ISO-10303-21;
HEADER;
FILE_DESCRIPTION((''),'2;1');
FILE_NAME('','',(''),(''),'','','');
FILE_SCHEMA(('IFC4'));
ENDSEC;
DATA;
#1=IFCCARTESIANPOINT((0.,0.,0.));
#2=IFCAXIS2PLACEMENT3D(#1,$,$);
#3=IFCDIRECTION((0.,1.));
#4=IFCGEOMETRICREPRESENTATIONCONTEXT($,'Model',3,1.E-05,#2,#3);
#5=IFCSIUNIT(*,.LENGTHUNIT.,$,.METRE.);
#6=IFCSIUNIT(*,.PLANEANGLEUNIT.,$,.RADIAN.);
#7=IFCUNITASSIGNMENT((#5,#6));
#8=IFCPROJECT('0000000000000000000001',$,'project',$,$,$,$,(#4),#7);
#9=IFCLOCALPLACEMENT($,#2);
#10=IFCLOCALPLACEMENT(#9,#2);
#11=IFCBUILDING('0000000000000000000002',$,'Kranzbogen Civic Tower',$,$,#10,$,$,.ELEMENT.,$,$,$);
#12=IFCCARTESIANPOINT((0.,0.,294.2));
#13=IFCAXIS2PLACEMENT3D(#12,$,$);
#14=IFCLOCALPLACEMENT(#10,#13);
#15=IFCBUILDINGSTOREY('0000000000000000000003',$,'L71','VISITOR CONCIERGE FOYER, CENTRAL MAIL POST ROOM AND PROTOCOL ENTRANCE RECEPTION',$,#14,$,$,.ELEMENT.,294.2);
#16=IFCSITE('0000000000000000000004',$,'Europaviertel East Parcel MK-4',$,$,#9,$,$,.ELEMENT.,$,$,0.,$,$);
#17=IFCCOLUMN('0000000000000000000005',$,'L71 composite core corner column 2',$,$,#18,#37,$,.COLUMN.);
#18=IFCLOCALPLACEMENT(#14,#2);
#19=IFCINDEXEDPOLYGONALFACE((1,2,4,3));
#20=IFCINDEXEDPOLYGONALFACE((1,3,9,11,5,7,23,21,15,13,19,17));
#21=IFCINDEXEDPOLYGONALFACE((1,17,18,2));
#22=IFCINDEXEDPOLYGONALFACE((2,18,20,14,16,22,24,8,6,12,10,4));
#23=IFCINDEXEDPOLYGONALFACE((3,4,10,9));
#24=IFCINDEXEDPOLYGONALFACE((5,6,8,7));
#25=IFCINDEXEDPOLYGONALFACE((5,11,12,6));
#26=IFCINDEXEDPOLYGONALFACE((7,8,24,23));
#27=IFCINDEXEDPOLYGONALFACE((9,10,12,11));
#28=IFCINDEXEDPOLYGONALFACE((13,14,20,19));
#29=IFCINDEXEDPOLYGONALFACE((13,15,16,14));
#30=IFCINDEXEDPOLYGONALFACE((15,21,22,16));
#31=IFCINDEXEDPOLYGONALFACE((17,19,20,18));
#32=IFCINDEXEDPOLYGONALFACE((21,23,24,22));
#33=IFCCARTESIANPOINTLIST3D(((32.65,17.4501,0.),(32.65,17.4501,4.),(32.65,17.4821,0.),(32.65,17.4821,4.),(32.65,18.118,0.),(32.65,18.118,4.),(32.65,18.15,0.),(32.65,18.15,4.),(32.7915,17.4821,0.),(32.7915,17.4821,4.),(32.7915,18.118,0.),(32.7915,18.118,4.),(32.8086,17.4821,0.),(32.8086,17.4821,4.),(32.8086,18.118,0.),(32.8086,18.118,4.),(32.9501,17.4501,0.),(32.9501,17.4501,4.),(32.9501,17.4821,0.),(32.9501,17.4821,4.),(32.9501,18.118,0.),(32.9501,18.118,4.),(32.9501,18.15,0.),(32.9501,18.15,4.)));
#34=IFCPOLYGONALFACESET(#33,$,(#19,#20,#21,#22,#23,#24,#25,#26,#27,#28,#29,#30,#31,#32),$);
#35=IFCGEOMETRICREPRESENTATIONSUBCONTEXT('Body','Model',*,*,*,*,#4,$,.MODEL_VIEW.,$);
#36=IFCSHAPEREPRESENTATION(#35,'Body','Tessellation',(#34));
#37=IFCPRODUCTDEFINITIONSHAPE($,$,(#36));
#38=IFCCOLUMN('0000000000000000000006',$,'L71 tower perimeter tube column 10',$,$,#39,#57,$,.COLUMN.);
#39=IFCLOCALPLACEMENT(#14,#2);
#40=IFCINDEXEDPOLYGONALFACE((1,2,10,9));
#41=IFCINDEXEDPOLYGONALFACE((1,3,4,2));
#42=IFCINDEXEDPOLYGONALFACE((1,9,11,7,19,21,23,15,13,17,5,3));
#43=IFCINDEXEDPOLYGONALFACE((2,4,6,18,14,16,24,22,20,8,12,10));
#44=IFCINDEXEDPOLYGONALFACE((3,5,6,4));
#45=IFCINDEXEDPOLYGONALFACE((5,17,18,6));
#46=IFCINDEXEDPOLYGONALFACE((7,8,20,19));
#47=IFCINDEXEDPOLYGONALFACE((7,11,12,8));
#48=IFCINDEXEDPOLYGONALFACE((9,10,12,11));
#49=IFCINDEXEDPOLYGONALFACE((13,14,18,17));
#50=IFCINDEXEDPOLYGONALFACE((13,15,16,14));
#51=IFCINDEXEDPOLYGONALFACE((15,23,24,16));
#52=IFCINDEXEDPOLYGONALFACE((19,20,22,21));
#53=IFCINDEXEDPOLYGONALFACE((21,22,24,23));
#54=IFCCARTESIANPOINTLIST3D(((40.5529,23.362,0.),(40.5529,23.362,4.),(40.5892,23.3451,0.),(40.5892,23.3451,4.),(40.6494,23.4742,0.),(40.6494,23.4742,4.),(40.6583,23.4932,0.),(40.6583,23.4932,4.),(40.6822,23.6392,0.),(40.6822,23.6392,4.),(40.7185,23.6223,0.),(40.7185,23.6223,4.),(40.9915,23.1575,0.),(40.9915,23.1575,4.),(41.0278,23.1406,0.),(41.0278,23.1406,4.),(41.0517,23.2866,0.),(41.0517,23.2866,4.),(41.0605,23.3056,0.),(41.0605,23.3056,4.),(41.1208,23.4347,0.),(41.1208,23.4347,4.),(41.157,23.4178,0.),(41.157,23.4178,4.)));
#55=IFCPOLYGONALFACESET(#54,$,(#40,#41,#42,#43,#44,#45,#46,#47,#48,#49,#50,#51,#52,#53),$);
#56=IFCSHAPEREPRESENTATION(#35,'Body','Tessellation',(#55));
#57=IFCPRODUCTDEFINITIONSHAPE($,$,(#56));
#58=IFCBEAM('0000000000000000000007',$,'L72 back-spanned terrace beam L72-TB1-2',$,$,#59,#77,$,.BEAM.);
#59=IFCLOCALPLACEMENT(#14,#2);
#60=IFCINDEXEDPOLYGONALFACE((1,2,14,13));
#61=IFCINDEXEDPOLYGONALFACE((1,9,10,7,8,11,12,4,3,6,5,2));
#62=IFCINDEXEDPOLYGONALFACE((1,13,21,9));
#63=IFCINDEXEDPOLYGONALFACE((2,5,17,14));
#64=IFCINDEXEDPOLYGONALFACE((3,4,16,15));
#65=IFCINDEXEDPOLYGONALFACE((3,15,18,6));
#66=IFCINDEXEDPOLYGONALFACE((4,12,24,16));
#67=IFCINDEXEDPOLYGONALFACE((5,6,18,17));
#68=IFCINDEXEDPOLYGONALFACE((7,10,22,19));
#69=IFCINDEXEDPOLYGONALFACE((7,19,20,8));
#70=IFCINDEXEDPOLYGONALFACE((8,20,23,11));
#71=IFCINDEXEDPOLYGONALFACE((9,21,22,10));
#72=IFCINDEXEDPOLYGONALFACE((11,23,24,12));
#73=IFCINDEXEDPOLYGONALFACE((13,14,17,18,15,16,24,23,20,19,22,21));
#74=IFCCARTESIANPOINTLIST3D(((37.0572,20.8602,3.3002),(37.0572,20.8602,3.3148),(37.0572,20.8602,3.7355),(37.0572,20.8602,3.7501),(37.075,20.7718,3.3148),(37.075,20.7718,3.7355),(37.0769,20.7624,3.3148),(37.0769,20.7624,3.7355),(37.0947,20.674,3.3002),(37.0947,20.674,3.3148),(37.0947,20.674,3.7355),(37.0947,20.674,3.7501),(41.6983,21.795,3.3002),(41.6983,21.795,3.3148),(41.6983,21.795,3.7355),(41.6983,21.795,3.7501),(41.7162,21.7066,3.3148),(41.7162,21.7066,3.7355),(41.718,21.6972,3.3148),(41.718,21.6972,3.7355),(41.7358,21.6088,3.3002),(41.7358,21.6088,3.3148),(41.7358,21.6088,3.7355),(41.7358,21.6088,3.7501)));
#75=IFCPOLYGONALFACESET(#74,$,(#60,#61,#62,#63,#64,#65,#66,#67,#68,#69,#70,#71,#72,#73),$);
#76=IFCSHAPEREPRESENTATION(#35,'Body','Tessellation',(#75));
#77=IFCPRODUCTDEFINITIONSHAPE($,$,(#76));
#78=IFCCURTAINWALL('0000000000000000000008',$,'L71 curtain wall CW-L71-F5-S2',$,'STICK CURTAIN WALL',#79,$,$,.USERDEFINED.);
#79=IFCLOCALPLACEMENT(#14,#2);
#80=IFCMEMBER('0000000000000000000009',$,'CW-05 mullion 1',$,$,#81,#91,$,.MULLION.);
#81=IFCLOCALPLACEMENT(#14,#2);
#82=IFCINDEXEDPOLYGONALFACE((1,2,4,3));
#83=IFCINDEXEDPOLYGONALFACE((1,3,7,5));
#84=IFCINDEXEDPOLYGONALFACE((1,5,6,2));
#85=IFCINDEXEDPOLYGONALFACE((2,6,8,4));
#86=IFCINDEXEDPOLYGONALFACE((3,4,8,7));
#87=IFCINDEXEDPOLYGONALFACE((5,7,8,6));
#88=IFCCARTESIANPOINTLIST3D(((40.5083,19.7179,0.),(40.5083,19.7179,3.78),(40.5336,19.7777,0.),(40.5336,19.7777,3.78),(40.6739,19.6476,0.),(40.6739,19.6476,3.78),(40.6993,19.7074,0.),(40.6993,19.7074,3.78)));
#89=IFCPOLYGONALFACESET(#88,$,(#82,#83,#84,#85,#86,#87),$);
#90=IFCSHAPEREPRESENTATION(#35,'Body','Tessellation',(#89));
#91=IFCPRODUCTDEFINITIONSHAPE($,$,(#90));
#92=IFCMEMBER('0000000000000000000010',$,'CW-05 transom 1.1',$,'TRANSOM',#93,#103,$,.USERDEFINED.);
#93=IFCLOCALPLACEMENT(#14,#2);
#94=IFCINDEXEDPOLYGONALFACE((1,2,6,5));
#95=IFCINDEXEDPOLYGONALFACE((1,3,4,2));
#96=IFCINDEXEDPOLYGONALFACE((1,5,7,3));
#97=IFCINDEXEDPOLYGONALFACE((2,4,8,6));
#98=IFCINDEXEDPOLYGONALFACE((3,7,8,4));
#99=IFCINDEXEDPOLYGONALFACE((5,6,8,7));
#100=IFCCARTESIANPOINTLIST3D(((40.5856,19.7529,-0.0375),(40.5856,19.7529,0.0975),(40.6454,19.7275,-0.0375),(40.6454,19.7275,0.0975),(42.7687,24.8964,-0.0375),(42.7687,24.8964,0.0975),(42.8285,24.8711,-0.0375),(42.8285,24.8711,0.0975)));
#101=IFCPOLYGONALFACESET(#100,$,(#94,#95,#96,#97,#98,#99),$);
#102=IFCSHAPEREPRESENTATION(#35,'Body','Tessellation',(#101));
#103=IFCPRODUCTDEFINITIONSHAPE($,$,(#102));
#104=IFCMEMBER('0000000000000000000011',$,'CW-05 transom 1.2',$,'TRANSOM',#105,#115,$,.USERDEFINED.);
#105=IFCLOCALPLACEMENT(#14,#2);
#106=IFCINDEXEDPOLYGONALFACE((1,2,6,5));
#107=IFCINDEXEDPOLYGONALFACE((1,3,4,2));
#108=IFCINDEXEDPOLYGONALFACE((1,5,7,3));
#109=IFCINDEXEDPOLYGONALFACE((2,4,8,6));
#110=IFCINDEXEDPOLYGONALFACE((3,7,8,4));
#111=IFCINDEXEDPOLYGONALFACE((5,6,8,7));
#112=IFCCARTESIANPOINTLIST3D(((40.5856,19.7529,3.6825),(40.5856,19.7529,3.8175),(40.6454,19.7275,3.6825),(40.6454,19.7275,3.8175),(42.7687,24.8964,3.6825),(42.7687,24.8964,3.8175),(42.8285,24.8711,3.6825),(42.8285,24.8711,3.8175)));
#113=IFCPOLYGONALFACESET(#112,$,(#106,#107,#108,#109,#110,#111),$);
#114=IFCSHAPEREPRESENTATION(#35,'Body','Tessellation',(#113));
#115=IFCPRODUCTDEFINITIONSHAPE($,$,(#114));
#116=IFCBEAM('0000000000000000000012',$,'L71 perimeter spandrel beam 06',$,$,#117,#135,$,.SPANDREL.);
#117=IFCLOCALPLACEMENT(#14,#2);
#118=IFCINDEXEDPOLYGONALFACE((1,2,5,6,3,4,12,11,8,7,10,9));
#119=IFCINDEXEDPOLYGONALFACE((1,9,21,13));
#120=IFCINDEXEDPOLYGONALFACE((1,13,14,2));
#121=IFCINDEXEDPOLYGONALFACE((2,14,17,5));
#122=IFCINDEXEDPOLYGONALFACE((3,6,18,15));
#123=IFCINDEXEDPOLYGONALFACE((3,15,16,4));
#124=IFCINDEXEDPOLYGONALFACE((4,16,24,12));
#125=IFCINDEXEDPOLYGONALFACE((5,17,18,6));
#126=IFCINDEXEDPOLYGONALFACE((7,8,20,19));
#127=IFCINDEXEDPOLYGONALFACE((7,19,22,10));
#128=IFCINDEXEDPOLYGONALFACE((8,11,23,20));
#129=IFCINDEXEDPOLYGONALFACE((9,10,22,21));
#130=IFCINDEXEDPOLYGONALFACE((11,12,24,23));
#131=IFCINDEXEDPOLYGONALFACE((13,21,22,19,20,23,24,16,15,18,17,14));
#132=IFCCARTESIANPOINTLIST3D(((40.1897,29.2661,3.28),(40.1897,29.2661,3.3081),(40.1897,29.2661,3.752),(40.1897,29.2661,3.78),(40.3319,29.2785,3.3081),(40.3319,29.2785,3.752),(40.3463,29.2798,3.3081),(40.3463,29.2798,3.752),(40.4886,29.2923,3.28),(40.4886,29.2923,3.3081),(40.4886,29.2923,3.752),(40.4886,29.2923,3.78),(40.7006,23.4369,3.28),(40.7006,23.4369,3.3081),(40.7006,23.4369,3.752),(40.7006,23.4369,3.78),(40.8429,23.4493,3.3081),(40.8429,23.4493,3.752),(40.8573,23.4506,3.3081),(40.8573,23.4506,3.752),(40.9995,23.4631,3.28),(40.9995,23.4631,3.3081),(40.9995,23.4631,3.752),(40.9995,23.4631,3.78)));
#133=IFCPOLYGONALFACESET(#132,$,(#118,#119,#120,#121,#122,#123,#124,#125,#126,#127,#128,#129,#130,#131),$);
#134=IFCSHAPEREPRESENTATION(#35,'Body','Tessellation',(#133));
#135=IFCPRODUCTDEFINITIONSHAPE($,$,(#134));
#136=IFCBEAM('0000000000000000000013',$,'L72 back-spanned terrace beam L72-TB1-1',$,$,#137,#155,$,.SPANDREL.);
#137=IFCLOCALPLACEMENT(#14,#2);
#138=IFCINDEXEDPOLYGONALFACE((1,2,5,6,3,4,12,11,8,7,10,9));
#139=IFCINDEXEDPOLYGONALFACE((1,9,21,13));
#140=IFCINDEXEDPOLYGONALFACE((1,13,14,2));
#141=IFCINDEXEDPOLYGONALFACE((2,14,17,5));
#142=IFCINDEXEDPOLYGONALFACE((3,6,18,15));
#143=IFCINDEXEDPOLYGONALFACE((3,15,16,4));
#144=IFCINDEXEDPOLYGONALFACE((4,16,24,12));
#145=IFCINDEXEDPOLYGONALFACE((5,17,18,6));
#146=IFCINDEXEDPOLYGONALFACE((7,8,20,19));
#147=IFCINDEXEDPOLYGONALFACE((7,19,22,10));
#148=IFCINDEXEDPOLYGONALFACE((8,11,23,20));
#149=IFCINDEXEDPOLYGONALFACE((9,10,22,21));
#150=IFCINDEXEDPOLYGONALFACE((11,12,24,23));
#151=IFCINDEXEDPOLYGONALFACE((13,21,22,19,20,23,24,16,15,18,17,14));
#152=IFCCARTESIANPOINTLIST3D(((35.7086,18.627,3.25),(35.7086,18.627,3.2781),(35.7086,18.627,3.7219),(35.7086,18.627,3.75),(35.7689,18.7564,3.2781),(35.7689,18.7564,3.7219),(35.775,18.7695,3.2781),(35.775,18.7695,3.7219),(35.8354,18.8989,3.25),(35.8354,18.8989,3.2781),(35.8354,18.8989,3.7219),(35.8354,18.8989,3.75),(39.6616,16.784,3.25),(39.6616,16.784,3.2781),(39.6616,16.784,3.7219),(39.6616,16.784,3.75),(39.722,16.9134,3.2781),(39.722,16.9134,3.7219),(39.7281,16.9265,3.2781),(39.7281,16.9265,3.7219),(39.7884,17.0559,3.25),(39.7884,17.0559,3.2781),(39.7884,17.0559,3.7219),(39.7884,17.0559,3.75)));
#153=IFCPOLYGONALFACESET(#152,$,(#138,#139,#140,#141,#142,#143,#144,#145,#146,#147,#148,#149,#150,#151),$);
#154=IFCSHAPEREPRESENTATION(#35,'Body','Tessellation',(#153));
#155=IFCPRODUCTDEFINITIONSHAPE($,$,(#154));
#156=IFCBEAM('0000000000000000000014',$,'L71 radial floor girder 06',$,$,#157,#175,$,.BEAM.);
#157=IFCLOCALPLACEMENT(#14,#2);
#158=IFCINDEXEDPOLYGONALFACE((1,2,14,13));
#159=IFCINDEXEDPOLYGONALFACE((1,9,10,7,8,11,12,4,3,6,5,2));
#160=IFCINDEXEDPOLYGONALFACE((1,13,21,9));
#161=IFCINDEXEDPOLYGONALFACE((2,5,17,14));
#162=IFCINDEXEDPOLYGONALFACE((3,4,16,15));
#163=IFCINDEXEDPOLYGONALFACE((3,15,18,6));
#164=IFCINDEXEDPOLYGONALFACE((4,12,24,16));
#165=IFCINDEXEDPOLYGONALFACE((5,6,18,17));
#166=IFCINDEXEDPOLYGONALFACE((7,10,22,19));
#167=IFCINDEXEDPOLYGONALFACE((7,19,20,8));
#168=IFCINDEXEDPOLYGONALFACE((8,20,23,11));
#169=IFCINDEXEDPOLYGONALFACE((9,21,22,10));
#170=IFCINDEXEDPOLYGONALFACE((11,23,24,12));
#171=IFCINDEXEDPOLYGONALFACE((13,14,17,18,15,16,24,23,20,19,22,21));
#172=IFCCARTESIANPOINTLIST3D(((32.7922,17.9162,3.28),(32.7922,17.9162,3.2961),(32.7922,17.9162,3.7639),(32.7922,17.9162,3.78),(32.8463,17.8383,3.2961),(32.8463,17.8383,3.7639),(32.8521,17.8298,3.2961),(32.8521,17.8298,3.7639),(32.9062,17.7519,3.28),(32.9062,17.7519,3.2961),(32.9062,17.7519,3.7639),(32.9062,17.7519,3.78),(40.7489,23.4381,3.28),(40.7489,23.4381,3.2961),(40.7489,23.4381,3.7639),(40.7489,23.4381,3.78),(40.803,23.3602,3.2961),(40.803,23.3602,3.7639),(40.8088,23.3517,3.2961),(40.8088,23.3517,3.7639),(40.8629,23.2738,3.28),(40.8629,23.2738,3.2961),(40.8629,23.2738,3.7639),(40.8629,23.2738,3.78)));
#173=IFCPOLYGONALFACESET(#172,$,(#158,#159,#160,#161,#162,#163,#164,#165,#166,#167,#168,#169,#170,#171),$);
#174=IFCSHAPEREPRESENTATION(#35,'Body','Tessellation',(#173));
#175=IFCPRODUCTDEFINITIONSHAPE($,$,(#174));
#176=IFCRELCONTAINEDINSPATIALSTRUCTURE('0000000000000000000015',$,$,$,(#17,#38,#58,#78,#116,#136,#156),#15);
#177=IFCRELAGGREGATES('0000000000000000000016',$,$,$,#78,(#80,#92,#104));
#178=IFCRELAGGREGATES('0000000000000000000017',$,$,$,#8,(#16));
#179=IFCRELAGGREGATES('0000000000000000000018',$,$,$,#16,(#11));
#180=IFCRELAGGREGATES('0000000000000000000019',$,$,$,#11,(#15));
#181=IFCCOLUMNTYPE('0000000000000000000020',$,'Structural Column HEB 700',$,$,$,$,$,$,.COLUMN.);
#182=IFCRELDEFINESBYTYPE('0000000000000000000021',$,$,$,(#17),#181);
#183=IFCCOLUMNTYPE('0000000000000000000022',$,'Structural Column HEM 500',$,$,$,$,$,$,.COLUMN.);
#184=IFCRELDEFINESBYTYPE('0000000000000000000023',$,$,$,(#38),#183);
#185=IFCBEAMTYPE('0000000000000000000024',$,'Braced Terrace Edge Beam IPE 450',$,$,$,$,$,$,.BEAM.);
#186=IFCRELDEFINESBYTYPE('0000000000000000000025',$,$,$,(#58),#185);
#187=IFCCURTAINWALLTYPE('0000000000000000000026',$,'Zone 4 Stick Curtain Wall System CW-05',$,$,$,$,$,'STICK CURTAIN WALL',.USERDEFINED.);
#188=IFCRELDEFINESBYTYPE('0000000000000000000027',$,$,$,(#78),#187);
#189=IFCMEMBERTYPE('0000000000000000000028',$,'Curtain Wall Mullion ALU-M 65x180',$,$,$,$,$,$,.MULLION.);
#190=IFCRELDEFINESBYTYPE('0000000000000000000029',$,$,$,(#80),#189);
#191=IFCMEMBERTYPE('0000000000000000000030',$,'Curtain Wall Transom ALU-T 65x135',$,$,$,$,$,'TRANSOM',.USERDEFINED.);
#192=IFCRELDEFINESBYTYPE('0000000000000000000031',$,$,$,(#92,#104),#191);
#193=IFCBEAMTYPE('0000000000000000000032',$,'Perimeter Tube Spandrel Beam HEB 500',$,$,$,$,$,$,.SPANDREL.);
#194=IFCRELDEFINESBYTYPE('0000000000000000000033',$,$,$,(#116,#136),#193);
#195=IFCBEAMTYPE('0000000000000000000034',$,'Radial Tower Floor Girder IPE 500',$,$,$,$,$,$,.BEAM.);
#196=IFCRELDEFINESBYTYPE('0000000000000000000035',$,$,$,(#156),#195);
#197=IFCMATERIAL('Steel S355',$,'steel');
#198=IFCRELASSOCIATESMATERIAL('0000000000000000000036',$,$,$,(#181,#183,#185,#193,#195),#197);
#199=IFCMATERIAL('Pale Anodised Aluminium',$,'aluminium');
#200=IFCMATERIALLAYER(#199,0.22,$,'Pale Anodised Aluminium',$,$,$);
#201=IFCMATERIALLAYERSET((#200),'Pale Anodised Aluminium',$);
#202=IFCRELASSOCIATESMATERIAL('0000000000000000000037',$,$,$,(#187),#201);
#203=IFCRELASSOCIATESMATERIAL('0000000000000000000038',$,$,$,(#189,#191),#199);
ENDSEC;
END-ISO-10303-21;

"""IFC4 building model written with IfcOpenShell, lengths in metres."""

from ifc_helpers import new_model, si_unit, direction, frame, origin, origin_2d, place, context, subcontext, project, spatial, rectangle, i_section, extrude, material, layer, layer_set, material_profile, profile_set, type_object, element, aggregate, save


model = new_model("IFC4")

# Units and contexts
model_context = context("Model", 3, precision=1e-05, world=origin(), true_north=direction((0.0, 1.0)))
body_context = subcontext(model_context, "Body", "Model", "MODEL_VIEW")
ifc_project = project(units=[si_unit("LENGTHUNIT", "METRE"), si_unit("PLANEANGLEUNIT", "RADIAN")], contexts=[model_context])

# Site, building, storey
site_placement = place(None, origin())
site = spatial("IfcSite", under=ifc_project, at=site_placement, Name="Europaviertel East Parcel MK-4", CompositionType="ELEMENT", RefElevation=0.0)
building_placement = place(site_placement, origin())
building = spatial("IfcBuilding", under=site, at=building_placement, Name="Kranzbogen Civic Tower", CompositionType="ELEMENT")
storey_placement = place(building_placement, frame((0.0, 0.0, 294.2)))
storey = spatial("IfcBuildingStorey", under=building, at=storey_placement, Name="L71", Description="VISITOR CONCIERGE FOYER, CENTRAL MAIL POST ROOM AND PROTOCOL ENTRANCE RECEPTION", CompositionType="ELEMENT", Elevation=294.2)

# Columns
ifc_material_1 = material(Name="Steel S355", Category="steel")
ifc_material_profile_1 = material_profile(ifc_material_1, i_section(OverallWidth=0.3, OverallDepth=0.7, WebThickness=0.0171, FlangeThickness=0.032, at=origin_2d()), Name="HEB 700")
ifc_profile_set_1 = profile_set([ifc_material_profile_1], Name="Steel S355")
column_type_1 = type_object("IfcColumnType", Name="Structural Column HEB 700", PredefinedType="COLUMN", material=ifc_profile_set_1)
column_1_placement = place(storey_placement, frame((32.8, 17.8, 0.0), z_axis=(0.0, 0.0, 1.0), x_axis=(1.0, 0.0, 0.0)))
element("IfcColumn", 1, at=column_1_placement, inside=storey, type_object=column_type_1, Name="L71 composite core corner column 2", PredefinedType="COLUMN", context=body_context, shape_type="SweptSolid", body=[
    extrude(i_section(OverallWidth=0.3, OverallDepth=0.7, WebThickness=0.0171, FlangeThickness=0.032, at=origin_2d()), origin(), (0.0, 0.0, 1.0), 4.0),
])
ifc_material_profile_2 = material_profile(ifc_material_1, i_section(OverallWidth=0.3059, OverallDepth=0.5239, WebThickness=0.021, FlangeThickness=0.04, at=origin_2d()), Name="HEM 500")
ifc_profile_set_2 = profile_set([ifc_material_profile_2], Name="Steel S355")
column_type_2 = type_object("IfcColumnType", Name="Structural Column HEM 500", PredefinedType="COLUMN", material=ifc_profile_set_2)
column_2_placement = place(storey_placement, frame((40.855, 23.3899, 0.0), z_axis=(0.0, 0.0, 1.0), x_axis=(0.422618, 0.906308, 0.0)))
element("IfcColumn", 2, at=column_2_placement, inside=storey, type_object=column_type_2, Name="L71 tower perimeter tube column 10", PredefinedType="COLUMN", context=body_context, shape_type="SweptSolid", body=[
    extrude(i_section(OverallWidth=0.3059, OverallDepth=0.5239, WebThickness=0.021, FlangeThickness=0.04, at=origin_2d()), origin(), (0.0, 0.0, 1.0), 4.0),
])

# Beam
ifc_material_profile_3 = material_profile(ifc_material_1, i_section(OverallWidth=0.1899, OverallDepth=0.45, WebThickness=0.0095, FlangeThickness=0.0146, at=origin_2d()), Name="IPE 450")
ifc_profile_set_3 = profile_set([ifc_material_profile_3], Name="Steel S355")
beam_type_1 = type_object("IfcBeamType", Name="Braced Terrace Edge Beam IPE 450", PredefinedType="BEAM", material=ifc_profile_set_3)
beam_1_placement = place(storey_placement, frame((37.0759, 20.7671, 3.5251), z_axis=(0.980312, 0.197455, 0.0), x_axis=(-0.197455, 0.980312, 0.0)))
element("IfcBeam", 3, at=beam_1_placement, inside=storey, type_object=beam_type_1, Name="L72 back-spanned terrace beam L72-TB1-2", PredefinedType="BEAM", context=body_context, shape_type="SweptSolid", body=[
    extrude(i_section(OverallWidth=0.1899, OverallDepth=0.45, WebThickness=0.0095, FlangeThickness=0.0146, at=origin_2d()), origin(), (0.0, 0.0, 1.0), 4.7344),
])

# Curtain wall, members
ifc_material_2 = material(Name="Pale Anodised Aluminium", Category="aluminium")
ifc_layer_1 = layer(ifc_material_2, 0.22, Name="Pale Anodised Aluminium")
ifc_layer_set_1 = layer_set([ifc_layer_1], Name="Pale Anodised Aluminium")
curtain_wall_type = type_object("IfcCurtainWallType", Name="Zone 4 Stick Curtain Wall System CW-05", ElementType="STICK CURTAIN WALL", PredefinedType="USERDEFINED", material=ifc_layer_set_1)
curtain_wall_placement = place(storey_placement, origin())
curtain_wall = element("IfcCurtainWall", 4, at=curtain_wall_placement, inside=storey, type_object=curtain_wall_type, Name="L71 curtain wall CW-L71-F5-S2", ObjectType="STICK CURTAIN WALL", PredefinedType="USERDEFINED")
ifc_material_profile_4 = material_profile(ifc_material_2, rectangle(XDim=0.0649, YDim=0.1799, at=origin_2d()), Name="ALU-M 65x180")
ifc_profile_set_4 = profile_set([ifc_material_profile_4], Name="Pale Anodised Aluminium")
member_type_1 = type_object("IfcMemberType", Name="Curtain Wall Mullion ALU-M 65x180", PredefinedType="MULLION", material=ifc_profile_set_4)
member_1_placement = place(storey_placement, frame((40.6038, 19.7126, 0.0), z_axis=(0.0, 0.0, 1.0), x_axis=(0.390703, 0.920517, 0.0)))
member_1 = element("IfcMember", 5, at=member_1_placement, type_object=member_type_1, Name="CW-05 mullion 1", PredefinedType="MULLION", context=body_context, shape_type="SweptSolid", body=[
    extrude(rectangle(XDim=0.0649, YDim=0.1799, at=origin_2d()), origin(), (0.0, 0.0, 1.0), 3.78),
])
ifc_material_profile_5 = material_profile(ifc_material_2, rectangle(XDim=0.0649, YDim=0.135, at=origin_2d()), Name="ALU-T 65x135")
ifc_profile_set_5 = profile_set([ifc_material_profile_5], Name="Pale Anodised Aluminium")
member_type_2 = type_object("IfcMemberType", Name="Curtain Wall Transom ALU-T 65x135", ElementType="TRANSOM", PredefinedType="USERDEFINED", material=ifc_profile_set_5)
member_2_placement = place(storey_placement, frame((40.6155, 19.7402, 0.03), z_axis=(0.3907, 0.920518, 0.0), x_axis=(-0.920518, 0.3907, 0.0)))
member_2 = element("IfcMember", 6, at=member_2_placement, type_object=member_type_2, Name="CW-05 transom 1.1", ObjectType="TRANSOM", PredefinedType="USERDEFINED", context=body_context, shape_type="SweptSolid", body=[
    extrude(rectangle(XDim=0.0649, YDim=0.135, at=origin_2d()), origin(), (0.0, 0.0, 1.0), 5.5876),
])
member_3_placement = place(storey_placement, frame((40.6155, 19.7402, 3.75), z_axis=(0.3907, 0.920518, 0.0), x_axis=(-0.920518, 0.3907, 0.0)))
member_3 = element("IfcMember", 7, at=member_3_placement, type_object=member_type_2, Name="CW-05 transom 1.2", ObjectType="TRANSOM", PredefinedType="USERDEFINED", context=body_context, shape_type="SweptSolid", body=[
    extrude(rectangle(XDim=0.0649, YDim=0.135, at=origin_2d()), origin(), (0.0, 0.0, 1.0), 5.5876),
])

# Beams
ifc_material_profile_6 = material_profile(ifc_material_1, i_section(OverallWidth=0.3, OverallDepth=0.5, WebThickness=0.0144, FlangeThickness=0.0281, at=origin_2d()), Name="HEB 500")
ifc_profile_set_6 = profile_set([ifc_material_profile_6], Name="Steel S355")
beam_type_2 = type_object("IfcBeamType", Name="Perimeter Tube Spandrel Beam HEB 500", PredefinedType="SPANDREL", material=ifc_profile_set_6)
beam_2_placement = place(storey_placement, frame((40.8501, 23.45, 3.53), z_axis=(-0.087326, 0.99618, 0.0), x_axis=(-0.99618, -0.087326, 0.0)))
element("IfcBeam", 8, at=beam_2_placement, inside=storey, type_object=beam_type_2, Name="L71 perimeter spandrel beam 06", PredefinedType="SPANDREL", context=body_context, shape_type="SweptSolid", body=[
    extrude(i_section(OverallWidth=0.3, OverallDepth=0.5, WebThickness=0.0144, FlangeThickness=0.0281, at=origin_2d()), origin(), (0.0, 0.0, 1.0), 5.8516),
])
beam_3_placement = place(storey_placement, frame((35.772, 18.7629, 3.5), z_axis=(0.906339, -0.422551, 0.0), x_axis=(0.422551, 0.906339, 0.0)))
element("IfcBeam", 9, at=beam_3_placement, inside=storey, type_object=beam_type_2, Name="L72 back-spanned terrace beam L72-TB1-1", PredefinedType="SPANDREL", context=body_context, shape_type="SweptSolid", body=[
    extrude(i_section(OverallWidth=0.3, OverallDepth=0.5, WebThickness=0.0144, FlangeThickness=0.0281, at=origin_2d()), origin(), (0.0, 0.0, 1.0), 4.3616),
])
ifc_material_profile_7 = material_profile(ifc_material_1, i_section(OverallWidth=0.2, OverallDepth=0.5, WebThickness=0.0103, FlangeThickness=0.0161, at=origin_2d()), Name="IPE 500")
ifc_profile_set_7 = profile_set([ifc_material_profile_7], Name="Steel S355")
beam_type_3 = type_object("IfcBeamType", Name="Radial Tower Floor Girder IPE 500", PredefinedType="BEAM", material=ifc_profile_set_7)
beam_4_placement = place(storey_placement, frame((40.8059, 23.356, 3.53), z_axis=(-0.821543, -0.570147, 0.0), x_axis=(0.570147, -0.821543, 0.0)))
element("IfcBeam", 10, at=beam_4_placement, inside=storey, type_object=beam_type_3, Name="L71 radial floor girder 06", PredefinedType="BEAM", context=body_context, shape_type="SweptSolid", body=[
    extrude(i_section(OverallWidth=0.2, OverallDepth=0.5, WebThickness=0.0103, FlangeThickness=0.0161, at=origin_2d()), origin(), (0.0, 0.0, 1.0), 9.6851),
])

aggregate(curtain_wall, [member_1, member_2, member_3])

save(model, "model.ifc")
